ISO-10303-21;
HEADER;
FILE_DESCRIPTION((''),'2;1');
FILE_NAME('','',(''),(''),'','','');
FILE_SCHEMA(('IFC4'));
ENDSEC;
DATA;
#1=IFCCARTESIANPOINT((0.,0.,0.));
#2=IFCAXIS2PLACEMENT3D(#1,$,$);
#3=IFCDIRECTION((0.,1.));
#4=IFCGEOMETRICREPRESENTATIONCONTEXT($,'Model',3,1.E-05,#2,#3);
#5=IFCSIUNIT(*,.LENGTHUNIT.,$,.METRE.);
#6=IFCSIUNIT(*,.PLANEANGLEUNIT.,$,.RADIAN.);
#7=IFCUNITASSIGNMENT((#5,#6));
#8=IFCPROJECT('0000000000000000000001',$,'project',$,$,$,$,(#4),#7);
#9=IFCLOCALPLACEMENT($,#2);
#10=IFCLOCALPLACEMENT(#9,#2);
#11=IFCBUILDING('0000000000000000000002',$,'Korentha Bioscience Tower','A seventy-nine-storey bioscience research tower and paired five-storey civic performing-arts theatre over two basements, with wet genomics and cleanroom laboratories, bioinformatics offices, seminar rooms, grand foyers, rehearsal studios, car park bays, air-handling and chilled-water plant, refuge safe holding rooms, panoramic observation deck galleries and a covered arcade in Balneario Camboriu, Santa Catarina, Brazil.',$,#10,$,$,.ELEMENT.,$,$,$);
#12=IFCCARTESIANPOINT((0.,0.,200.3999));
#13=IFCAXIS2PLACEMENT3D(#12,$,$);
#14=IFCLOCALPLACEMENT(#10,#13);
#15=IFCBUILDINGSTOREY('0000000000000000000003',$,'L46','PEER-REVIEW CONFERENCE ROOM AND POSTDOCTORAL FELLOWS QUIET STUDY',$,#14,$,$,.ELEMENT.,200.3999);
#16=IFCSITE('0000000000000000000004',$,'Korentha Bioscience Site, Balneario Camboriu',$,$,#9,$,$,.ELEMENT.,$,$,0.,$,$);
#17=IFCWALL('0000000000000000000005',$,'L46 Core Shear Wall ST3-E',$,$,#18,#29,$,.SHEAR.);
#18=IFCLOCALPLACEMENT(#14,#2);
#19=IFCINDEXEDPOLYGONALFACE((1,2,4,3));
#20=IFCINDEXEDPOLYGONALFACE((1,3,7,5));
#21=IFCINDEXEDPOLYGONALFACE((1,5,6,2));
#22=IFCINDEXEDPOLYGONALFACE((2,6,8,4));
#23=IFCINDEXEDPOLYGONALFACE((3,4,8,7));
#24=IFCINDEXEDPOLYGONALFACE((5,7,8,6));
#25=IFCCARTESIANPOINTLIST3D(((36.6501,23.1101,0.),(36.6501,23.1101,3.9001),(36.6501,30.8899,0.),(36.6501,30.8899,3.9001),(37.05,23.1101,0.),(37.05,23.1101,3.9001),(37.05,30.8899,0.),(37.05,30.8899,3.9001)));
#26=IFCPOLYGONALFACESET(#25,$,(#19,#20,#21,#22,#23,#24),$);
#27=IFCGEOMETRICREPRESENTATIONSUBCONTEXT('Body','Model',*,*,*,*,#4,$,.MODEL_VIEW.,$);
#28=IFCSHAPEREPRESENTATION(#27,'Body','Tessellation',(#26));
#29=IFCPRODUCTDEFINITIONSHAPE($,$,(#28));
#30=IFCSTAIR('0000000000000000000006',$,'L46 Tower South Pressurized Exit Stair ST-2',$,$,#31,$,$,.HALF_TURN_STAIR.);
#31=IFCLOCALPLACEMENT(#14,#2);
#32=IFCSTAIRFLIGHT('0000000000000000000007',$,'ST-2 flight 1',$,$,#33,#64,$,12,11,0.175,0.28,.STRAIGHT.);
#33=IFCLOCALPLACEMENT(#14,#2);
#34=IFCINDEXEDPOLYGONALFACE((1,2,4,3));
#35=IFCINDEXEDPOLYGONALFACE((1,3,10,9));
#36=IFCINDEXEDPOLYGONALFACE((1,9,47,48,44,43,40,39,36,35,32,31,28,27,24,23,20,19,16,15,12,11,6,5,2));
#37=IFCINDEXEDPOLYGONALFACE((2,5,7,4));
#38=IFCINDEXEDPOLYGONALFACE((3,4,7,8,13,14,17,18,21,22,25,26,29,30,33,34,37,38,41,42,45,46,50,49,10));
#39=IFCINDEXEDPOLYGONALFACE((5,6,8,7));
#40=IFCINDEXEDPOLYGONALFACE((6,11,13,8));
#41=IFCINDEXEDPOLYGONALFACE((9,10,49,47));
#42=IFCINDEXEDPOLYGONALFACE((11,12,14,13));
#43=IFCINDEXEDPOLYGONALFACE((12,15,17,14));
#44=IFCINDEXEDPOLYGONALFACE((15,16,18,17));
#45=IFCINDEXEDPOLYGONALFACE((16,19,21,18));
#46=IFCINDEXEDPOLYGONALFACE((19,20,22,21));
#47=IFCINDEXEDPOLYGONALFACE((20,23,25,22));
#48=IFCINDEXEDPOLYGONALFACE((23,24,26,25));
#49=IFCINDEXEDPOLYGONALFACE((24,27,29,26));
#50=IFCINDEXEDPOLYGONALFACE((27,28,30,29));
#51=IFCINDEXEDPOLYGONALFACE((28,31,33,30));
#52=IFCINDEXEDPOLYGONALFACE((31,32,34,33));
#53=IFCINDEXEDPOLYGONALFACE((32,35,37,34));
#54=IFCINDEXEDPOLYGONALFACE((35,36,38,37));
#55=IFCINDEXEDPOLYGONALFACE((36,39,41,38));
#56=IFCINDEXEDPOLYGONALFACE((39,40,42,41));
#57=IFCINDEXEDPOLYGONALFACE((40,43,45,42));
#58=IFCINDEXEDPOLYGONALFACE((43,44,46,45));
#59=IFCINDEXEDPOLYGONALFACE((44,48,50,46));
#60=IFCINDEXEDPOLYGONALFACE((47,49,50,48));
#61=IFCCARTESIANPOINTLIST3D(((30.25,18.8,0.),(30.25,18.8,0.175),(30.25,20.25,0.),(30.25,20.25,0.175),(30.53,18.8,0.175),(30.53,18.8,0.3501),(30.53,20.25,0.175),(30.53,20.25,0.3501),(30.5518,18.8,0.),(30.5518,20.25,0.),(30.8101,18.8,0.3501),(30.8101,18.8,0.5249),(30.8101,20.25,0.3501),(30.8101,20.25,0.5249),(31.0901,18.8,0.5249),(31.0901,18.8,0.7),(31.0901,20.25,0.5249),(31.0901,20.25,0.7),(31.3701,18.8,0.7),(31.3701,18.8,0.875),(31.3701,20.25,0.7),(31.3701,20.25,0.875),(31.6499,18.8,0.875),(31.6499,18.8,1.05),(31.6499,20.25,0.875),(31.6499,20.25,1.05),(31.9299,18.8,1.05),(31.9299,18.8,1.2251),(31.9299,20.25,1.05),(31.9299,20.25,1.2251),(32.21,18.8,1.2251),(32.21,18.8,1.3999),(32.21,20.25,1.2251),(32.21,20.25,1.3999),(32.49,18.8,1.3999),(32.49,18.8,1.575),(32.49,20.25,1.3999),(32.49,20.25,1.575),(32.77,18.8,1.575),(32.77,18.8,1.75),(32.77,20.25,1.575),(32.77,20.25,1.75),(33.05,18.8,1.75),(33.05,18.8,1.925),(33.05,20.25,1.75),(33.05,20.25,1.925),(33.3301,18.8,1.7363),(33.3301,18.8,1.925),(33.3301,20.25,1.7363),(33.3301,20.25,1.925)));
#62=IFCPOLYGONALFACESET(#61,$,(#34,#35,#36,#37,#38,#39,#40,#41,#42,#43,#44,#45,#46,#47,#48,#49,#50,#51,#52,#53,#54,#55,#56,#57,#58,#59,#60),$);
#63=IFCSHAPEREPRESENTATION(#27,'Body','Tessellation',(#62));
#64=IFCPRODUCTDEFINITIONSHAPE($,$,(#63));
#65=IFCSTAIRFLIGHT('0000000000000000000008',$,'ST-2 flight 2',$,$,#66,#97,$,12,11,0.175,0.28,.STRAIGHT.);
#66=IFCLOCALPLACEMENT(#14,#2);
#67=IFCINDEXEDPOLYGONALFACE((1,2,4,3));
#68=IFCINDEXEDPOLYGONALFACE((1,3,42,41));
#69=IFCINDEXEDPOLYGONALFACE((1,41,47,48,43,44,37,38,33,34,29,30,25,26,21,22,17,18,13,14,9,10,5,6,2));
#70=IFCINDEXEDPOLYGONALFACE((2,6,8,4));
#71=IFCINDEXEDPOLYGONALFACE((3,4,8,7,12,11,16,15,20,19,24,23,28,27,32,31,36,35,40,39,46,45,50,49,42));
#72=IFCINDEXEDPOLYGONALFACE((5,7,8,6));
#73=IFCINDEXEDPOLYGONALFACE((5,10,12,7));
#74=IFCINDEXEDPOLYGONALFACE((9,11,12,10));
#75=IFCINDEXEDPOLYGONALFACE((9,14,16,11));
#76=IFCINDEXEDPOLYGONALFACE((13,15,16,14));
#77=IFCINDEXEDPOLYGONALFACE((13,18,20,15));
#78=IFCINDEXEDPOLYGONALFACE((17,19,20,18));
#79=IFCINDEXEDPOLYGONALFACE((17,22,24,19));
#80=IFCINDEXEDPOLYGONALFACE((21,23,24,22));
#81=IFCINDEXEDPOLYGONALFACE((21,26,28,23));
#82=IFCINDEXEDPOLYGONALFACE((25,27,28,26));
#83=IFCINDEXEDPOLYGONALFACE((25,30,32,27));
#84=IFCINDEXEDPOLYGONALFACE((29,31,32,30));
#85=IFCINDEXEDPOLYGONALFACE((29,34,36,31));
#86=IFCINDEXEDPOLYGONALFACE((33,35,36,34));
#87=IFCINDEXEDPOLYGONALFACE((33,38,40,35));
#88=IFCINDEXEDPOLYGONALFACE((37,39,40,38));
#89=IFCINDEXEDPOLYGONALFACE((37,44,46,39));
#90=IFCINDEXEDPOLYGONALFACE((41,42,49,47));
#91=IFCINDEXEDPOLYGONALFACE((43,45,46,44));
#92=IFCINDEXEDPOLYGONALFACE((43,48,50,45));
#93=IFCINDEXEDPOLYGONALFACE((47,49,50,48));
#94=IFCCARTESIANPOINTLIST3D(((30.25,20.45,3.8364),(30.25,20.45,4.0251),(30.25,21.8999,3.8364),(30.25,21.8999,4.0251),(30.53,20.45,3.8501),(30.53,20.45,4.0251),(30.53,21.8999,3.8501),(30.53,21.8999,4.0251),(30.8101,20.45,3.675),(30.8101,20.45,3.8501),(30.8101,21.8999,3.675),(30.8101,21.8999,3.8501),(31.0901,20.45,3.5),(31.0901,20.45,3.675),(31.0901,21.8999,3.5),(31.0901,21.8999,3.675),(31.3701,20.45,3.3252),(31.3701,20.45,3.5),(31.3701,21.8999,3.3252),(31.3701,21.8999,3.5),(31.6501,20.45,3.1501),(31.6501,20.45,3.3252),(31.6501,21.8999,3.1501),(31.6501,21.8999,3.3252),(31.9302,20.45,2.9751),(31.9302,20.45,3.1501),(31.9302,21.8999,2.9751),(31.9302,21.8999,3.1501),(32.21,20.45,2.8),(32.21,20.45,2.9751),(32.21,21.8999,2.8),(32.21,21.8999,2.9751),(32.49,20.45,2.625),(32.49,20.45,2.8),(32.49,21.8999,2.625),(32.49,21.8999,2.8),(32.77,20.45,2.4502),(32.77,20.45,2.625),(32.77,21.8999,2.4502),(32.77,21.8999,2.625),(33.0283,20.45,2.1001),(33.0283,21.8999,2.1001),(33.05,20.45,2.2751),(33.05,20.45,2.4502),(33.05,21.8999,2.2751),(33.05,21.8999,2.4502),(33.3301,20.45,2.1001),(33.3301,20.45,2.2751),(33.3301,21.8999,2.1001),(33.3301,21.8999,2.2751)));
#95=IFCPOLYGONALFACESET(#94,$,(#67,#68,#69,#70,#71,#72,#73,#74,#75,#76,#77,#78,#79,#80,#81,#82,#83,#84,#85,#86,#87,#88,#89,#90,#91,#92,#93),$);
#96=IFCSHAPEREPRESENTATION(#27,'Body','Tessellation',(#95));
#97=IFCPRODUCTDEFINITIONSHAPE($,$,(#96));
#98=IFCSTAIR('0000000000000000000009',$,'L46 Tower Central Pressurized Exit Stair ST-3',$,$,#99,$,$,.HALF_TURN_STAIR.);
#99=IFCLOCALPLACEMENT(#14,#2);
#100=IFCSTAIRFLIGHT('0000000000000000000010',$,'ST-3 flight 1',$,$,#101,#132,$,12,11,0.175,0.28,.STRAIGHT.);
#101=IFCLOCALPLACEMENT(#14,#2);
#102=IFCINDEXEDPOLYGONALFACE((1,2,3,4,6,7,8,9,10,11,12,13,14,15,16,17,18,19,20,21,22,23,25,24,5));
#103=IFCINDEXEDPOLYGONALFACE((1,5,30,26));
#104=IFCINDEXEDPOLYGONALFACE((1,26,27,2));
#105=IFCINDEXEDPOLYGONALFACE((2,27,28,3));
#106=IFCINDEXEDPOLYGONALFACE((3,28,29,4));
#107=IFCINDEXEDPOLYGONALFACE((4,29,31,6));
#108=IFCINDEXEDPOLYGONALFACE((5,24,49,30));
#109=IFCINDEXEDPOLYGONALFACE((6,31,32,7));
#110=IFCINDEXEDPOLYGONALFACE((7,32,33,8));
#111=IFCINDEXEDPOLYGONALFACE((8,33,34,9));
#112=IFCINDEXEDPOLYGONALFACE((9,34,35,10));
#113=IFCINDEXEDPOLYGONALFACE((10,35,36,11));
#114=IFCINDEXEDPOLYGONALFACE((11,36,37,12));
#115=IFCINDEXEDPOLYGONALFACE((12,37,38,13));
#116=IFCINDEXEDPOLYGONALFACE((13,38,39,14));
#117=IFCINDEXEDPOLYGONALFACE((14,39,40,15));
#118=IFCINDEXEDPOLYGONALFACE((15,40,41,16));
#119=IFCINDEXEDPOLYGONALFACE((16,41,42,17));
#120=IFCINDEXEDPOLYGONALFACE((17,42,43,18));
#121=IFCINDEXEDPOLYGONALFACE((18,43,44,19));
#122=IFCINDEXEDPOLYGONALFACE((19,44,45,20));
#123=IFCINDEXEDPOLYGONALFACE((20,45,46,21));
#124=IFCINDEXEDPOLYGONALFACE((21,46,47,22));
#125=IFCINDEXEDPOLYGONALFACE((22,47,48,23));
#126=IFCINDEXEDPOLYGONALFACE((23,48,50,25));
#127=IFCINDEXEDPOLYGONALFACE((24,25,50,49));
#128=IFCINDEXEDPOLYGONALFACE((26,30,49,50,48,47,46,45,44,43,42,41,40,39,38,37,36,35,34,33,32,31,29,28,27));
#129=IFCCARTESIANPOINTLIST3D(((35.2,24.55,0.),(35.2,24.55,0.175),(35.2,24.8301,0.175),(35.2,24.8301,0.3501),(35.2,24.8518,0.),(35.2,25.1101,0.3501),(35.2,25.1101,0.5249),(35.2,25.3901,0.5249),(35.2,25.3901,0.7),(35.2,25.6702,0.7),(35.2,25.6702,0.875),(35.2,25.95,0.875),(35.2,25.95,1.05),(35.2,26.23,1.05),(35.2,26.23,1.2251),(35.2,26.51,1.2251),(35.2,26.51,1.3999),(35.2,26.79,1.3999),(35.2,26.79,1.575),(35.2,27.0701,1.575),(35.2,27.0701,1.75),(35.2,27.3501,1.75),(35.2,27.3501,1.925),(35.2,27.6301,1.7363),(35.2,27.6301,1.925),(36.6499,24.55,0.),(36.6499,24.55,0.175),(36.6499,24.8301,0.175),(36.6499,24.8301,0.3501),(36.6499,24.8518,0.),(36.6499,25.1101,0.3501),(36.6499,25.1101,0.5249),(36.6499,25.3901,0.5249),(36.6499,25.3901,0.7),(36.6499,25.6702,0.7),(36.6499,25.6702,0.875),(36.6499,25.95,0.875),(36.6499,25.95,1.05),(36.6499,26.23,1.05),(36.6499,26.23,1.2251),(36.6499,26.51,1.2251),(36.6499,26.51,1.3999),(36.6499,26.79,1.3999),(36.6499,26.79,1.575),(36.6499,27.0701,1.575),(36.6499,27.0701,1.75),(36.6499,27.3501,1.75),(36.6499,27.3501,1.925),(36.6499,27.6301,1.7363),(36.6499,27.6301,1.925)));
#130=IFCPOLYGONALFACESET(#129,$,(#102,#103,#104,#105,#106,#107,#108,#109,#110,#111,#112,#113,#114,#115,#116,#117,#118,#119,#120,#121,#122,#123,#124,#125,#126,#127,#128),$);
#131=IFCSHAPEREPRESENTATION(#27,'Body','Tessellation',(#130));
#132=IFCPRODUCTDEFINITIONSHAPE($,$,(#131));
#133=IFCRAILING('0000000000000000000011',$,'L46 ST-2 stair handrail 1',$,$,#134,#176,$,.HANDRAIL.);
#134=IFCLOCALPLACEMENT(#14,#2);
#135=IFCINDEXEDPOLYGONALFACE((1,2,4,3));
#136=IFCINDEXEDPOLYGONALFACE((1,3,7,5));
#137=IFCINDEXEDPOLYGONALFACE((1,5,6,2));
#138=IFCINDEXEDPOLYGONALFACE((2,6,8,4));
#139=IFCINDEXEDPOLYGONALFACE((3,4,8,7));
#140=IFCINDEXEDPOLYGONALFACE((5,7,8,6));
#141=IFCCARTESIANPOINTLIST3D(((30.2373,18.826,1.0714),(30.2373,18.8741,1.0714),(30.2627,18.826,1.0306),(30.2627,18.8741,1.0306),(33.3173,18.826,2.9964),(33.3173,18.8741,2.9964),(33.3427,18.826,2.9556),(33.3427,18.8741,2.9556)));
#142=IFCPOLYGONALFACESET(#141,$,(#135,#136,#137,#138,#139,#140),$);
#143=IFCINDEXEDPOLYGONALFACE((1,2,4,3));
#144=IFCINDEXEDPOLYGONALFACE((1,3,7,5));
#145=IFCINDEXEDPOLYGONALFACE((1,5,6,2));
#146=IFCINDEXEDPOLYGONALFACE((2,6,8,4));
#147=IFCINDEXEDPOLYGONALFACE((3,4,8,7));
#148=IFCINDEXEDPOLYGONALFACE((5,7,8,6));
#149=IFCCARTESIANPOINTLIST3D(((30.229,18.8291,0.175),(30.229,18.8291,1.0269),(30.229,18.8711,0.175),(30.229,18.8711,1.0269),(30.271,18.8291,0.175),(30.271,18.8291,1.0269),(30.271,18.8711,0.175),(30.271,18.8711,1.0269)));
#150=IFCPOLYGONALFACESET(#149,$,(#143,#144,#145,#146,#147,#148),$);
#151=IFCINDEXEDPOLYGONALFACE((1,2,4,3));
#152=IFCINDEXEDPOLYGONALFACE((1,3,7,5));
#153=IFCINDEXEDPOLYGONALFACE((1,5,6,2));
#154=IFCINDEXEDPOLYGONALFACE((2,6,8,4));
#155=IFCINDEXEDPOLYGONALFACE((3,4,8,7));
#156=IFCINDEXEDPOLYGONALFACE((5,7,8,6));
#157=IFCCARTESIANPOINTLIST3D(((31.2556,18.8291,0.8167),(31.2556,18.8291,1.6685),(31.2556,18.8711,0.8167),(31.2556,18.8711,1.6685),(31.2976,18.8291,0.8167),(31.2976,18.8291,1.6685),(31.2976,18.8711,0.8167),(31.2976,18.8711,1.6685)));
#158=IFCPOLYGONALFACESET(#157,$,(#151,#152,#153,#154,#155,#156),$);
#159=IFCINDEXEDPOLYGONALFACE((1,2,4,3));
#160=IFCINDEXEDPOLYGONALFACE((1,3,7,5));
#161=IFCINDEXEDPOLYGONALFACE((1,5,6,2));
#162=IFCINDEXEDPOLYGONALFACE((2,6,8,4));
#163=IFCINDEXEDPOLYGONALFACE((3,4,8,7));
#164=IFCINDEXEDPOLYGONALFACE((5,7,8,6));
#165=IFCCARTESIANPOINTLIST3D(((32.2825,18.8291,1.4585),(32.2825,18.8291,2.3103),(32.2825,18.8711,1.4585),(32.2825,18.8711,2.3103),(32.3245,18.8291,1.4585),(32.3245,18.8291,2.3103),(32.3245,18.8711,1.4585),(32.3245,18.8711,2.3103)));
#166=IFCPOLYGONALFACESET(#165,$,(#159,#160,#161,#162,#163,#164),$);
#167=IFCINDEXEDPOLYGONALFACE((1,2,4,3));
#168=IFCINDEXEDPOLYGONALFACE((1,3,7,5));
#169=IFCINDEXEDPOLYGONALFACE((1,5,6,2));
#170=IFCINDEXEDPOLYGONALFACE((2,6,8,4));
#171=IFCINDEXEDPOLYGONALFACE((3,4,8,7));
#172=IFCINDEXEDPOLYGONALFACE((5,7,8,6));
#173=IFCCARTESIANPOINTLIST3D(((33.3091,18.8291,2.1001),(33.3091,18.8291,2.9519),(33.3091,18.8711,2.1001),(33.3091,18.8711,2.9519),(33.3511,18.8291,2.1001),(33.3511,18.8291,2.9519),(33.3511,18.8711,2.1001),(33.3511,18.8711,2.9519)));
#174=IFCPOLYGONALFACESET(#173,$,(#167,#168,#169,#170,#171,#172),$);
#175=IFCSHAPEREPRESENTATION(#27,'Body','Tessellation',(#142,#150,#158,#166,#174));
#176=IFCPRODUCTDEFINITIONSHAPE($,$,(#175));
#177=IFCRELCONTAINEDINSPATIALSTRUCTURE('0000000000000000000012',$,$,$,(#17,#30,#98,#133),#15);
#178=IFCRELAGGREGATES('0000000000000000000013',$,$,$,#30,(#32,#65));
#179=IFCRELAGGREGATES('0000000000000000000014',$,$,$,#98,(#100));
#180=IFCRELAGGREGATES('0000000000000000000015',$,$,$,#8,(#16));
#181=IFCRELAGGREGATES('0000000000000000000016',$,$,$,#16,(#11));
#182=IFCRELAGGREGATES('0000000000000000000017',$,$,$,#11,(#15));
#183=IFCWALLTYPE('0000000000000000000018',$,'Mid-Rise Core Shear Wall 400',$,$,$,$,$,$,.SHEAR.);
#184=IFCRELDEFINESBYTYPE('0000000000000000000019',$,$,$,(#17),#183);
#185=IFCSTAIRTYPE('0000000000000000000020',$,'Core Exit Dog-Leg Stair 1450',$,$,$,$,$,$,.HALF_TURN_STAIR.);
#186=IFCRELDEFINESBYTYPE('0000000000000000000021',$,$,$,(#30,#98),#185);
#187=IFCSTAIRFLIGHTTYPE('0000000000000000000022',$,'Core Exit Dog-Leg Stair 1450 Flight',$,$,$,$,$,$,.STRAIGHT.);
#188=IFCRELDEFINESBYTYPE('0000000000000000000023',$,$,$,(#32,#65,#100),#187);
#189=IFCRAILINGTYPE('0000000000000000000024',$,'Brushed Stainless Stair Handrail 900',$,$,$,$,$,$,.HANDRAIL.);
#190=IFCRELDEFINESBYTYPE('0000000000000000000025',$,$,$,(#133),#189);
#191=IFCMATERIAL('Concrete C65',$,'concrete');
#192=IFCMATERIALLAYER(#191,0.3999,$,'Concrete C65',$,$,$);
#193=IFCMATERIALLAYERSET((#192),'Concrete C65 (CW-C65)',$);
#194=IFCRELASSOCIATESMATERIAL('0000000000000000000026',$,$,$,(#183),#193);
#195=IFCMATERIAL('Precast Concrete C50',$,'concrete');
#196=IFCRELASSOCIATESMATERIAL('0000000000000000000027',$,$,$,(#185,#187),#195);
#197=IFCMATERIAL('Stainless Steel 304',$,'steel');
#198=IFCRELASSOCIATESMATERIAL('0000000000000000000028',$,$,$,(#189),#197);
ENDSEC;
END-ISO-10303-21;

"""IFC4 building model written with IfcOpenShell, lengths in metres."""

from ifc_helpers import new_model, si_unit, direction, frame, frame_2d, origin, origin_2d, place, context, subcontext, project, spatial, polyline, rectangle, outline, extrude, material, layer, layer_set, type_object, element, aggregate, save


model = new_model("IFC4")

# Units and contexts
model_context = context("Model", 3, precision=1e-05, world=origin(), true_north=direction((0.0, 1.0)))
body_context = subcontext(model_context, "Body", "Model", "MODEL_VIEW")
ifc_project = project(units=[si_unit("LENGTHUNIT", "METRE"), si_unit("PLANEANGLEUNIT", "RADIAN")], contexts=[model_context])

# Site, building, storey
site_placement = place(None, origin())
site = spatial("IfcSite", under=ifc_project, at=site_placement, Name="Korentha Bioscience Site, Balneario Camboriu", CompositionType="ELEMENT", RefElevation=0.0)
building_placement = place(site_placement, origin())
building = spatial("IfcBuilding", under=site, at=building_placement, Name="Korentha Bioscience Tower", Description="A seventy-nine-storey bioscience research tower and paired five-storey civic performing-arts theatre over two basements, with wet genomics and cleanroom laboratories, bioinformatics offices, seminar rooms, grand foyers, rehearsal studios, car park bays, air-handling and chilled-water plant, refuge safe holding rooms, panoramic observation deck galleries and a covered arcade in Balneario Camboriu, Santa Catarina, Brazil.", CompositionType="ELEMENT")
storey_placement = place(building_placement, frame((0.0, 0.0, 200.3999)))
storey = spatial("IfcBuildingStorey", under=building, at=storey_placement, Name="L46", Description="PEER-REVIEW CONFERENCE ROOM AND POSTDOCTORAL FELLOWS QUIET STUDY", CompositionType="ELEMENT", Elevation=200.3999)

# Wall
ifc_material_1 = material(Name="Concrete C65", Category="concrete")
ifc_layer_1 = layer(ifc_material_1, 0.3999, Name="Concrete C65")
ifc_layer_set_1 = layer_set([ifc_layer_1], Name="Concrete C65 (CW-C65)")
wall_type_1 = type_object("IfcWallType", Name="Mid-Rise Core Shear Wall 400", PredefinedType="SHEAR", material=ifc_layer_set_1)
wall_1_placement = place(storey_placement, frame((36.8501, 23.1101, 0.0), z_axis=(0.0, 0.0, 1.0), x_axis=(0.0, 1.0, 0.0)))
element("IfcWall", 1, at=wall_1_placement, inside=storey, type_object=wall_type_1, Name="L46 Core Shear Wall ST3-E", PredefinedType="SHEAR", context=body_context, shape_type="SweptSolid", body=[
    extrude(rectangle(XDim=7.7798, YDim=0.3999, at=frame_2d((3.8899, 0.0))), origin(), (0.0, 0.0, 1.0), 3.9001),
])

# Stair, stair flights
ifc_material_2 = material(Name="Precast Concrete C50", Category="concrete")
stair_type = type_object("IfcStairType", Name="Core Exit Dog-Leg Stair 1450", PredefinedType="HALF_TURN_STAIR", material=ifc_material_2)
stair_1_placement = place(storey_placement, origin())
stair_1 = element("IfcStair", 2, at=stair_1_placement, inside=storey, type_object=stair_type, Name="L46 Tower South Pressurized Exit Stair ST-2", PredefinedType="HALF_TURN_STAIR")
stair_flight_type = type_object("IfcStairFlightType", Name="Core Exit Dog-Leg Stair 1450 Flight", PredefinedType="STRAIGHT", material=ifc_material_2)
stair_flight_1_placement = place(storey_placement, frame((30.25, 19.5249, 0.0), z_axis=(0.0, 0.0, 1.0), x_axis=(1.0, 0.0, 0.0)))
stair_flight_1 = element("IfcStairFlight", 3, at=stair_flight_1_placement, type_object=stair_flight_type, Name="ST-2 flight 1", NumberOfRisers=12, NumberOfTreads=11, PredefinedType="STRAIGHT", RiserHeight=0.175, TreadLength=0.28, context=body_context, shape_type="SweptSolid", body=[
    extrude(outline(polyline([(0.0, 0.0), (0.0, 0.175), (0.28, 0.175), (0.28, 0.3501), (0.5601, 0.3501), (0.5601, 0.5249), (0.8401, 0.5249), (0.8401, 0.7), (1.1201, 0.7), (1.1201, 0.875), (1.3999, 0.875), (1.3999, 1.05), (1.6799, 1.05), (1.6799, 1.2251), (1.96, 1.2251), (1.96, 1.3999), (2.24, 1.3999), (2.24, 1.575), (2.52, 1.575), (2.52, 1.75), (2.8, 1.75), (2.8, 1.925), (3.0801, 1.925), (3.0801, 2.1001), (3.0801, 1.7363), (0.3018, 0.0), (0.0, 0.0)])), frame((0.0, 0.7251, 0.0), z_axis=(0.0, -1.0, 0.0), x_axis=(1.0, 0.0, 0.0)), (0.0, 0.0, 1.0), 1.45),
])
stair_flight_2_placement = place(storey_placement, frame((33.3301, 21.175, 2.1001), z_axis=(0.0, 0.0, 1.0), x_axis=(-1.0, 0.0, 0.0)))
stair_flight_2 = element("IfcStairFlight", 4, at=stair_flight_2_placement, type_object=stair_flight_type, Name="ST-2 flight 2", NumberOfRisers=12, NumberOfTreads=11, PredefinedType="STRAIGHT", RiserHeight=0.175, TreadLength=0.28, context=body_context, shape_type="SweptSolid", body=[
    extrude(outline(polyline([(0.0, 0.0), (0.0, 0.175), (0.28, 0.175), (0.28, 0.3501), (0.5601, 0.3501), (0.5601, 0.5249), (0.8401, 0.5249), (0.8401, 0.7), (1.1201, 0.7), (1.1201, 0.875), (1.3999, 0.875), (1.3999, 1.05), (1.6799, 1.05), (1.6799, 1.2251), (1.96, 1.2251), (1.96, 1.3999), (2.24, 1.3999), (2.24, 1.575), (2.52, 1.575), (2.52, 1.75), (2.8, 1.75), (2.8, 1.925), (3.0801, 1.925), (3.0801, 2.1001), (3.0801, 1.7363), (0.3018, 0.0), (0.0, 0.0)])), frame((0.0, 0.7251, 0.0), z_axis=(0.0, -1.0, 0.0), x_axis=(1.0, 0.0, 0.0)), (0.0, 0.0, 1.0), 1.45),
])
aggregate(stair_1, [stair_flight_1, stair_flight_2])

# Stair, stair flight
stair_2_placement = place(storey_placement, origin())
stair_2 = element("IfcStair", 5, at=stair_2_placement, inside=storey, type_object=stair_type, Name="L46 Tower Central Pressurized Exit Stair ST-3", PredefinedType="HALF_TURN_STAIR")
stair_flight_3_placement = place(storey_placement, frame((35.925, 24.55, 0.0), z_axis=(0.0, 0.0, 1.0), x_axis=(0.0, 1.0, 0.0)))
stair_flight_3 = element("IfcStairFlight", 6, at=stair_flight_3_placement, type_object=stair_flight_type, Name="ST-3 flight 1", NumberOfRisers=12, NumberOfTreads=11, PredefinedType="STRAIGHT", RiserHeight=0.175, TreadLength=0.28, context=body_context, shape_type="SweptSolid", body=[
    extrude(outline(polyline([(0.0, 0.0), (0.0, 0.175), (0.28, 0.175), (0.28, 0.3501), (0.5601, 0.3501), (0.5601, 0.5249), (0.8401, 0.5249), (0.8401, 0.7), (1.1201, 0.7), (1.1201, 0.875), (1.3999, 0.875), (1.3999, 1.05), (1.6799, 1.05), (1.6799, 1.2251), (1.96, 1.2251), (1.96, 1.3999), (2.24, 1.3999), (2.24, 1.575), (2.52, 1.575), (2.52, 1.75), (2.8, 1.75), (2.8, 1.925), (3.0801, 1.925), (3.0801, 2.1001), (3.0801, 1.7363), (0.3018, 0.0), (0.0, 0.0)])), frame((0.0, 0.7251, 0.0), z_axis=(0.0, -1.0, 0.0), x_axis=(1.0, 0.0, 0.0)), (0.0, 0.0, 1.0), 1.45),
])
aggregate(stair_2, [stair_flight_3])

# Railing
ifc_material_3 = material(Name="Stainless Steel 304", Category="steel")
railing_type_1 = type_object("IfcRailingType", Name="Brushed Stainless Stair Handrail 900", PredefinedType="HANDRAIL", material=ifc_material_3)
railing_1_placement = place(storey_placement, frame((30.25, 18.8501, 0.175)))
element("IfcRailing", 7, at=railing_1_placement, inside=storey, type_object=railing_type_1, Name="L46 ST-2 stair handrail 1", PredefinedType="HANDRAIL", context=body_context, shape_type="SweptSolid", body=[
    extrude(rectangle(XDim=0.0481, YDim=0.0481, at=origin_2d()), frame((0.0, 0.0, 0.876), z_axis=(0.847998, 0.0, 0.529999), x_axis=(0.0, 1.0, 0.0)), (0.0, 0.0, 1.0), 3.6321),
    extrude(rectangle(XDim=0.042, YDim=0.042, at=origin_2d()), origin(), (0.0, 0.0, 1.0), 0.8518),
    extrude(rectangle(XDim=0.042, YDim=0.042, at=origin_2d()), frame((1.0266, 0.0, 0.6416)), (0.0, 0.0, 1.0), 0.8518),
    extrude(rectangle(XDim=0.042, YDim=0.042, at=origin_2d()), frame((2.0535, 0.0, 1.2834)), (0.0, 0.0, 1.0), 0.8518),
    extrude(rectangle(XDim=0.042, YDim=0.042, at=origin_2d()), frame((3.0801, 0.0, 1.925)), (0.0, 0.0, 1.0), 0.8518),
])

save(model, "model.ifc")
